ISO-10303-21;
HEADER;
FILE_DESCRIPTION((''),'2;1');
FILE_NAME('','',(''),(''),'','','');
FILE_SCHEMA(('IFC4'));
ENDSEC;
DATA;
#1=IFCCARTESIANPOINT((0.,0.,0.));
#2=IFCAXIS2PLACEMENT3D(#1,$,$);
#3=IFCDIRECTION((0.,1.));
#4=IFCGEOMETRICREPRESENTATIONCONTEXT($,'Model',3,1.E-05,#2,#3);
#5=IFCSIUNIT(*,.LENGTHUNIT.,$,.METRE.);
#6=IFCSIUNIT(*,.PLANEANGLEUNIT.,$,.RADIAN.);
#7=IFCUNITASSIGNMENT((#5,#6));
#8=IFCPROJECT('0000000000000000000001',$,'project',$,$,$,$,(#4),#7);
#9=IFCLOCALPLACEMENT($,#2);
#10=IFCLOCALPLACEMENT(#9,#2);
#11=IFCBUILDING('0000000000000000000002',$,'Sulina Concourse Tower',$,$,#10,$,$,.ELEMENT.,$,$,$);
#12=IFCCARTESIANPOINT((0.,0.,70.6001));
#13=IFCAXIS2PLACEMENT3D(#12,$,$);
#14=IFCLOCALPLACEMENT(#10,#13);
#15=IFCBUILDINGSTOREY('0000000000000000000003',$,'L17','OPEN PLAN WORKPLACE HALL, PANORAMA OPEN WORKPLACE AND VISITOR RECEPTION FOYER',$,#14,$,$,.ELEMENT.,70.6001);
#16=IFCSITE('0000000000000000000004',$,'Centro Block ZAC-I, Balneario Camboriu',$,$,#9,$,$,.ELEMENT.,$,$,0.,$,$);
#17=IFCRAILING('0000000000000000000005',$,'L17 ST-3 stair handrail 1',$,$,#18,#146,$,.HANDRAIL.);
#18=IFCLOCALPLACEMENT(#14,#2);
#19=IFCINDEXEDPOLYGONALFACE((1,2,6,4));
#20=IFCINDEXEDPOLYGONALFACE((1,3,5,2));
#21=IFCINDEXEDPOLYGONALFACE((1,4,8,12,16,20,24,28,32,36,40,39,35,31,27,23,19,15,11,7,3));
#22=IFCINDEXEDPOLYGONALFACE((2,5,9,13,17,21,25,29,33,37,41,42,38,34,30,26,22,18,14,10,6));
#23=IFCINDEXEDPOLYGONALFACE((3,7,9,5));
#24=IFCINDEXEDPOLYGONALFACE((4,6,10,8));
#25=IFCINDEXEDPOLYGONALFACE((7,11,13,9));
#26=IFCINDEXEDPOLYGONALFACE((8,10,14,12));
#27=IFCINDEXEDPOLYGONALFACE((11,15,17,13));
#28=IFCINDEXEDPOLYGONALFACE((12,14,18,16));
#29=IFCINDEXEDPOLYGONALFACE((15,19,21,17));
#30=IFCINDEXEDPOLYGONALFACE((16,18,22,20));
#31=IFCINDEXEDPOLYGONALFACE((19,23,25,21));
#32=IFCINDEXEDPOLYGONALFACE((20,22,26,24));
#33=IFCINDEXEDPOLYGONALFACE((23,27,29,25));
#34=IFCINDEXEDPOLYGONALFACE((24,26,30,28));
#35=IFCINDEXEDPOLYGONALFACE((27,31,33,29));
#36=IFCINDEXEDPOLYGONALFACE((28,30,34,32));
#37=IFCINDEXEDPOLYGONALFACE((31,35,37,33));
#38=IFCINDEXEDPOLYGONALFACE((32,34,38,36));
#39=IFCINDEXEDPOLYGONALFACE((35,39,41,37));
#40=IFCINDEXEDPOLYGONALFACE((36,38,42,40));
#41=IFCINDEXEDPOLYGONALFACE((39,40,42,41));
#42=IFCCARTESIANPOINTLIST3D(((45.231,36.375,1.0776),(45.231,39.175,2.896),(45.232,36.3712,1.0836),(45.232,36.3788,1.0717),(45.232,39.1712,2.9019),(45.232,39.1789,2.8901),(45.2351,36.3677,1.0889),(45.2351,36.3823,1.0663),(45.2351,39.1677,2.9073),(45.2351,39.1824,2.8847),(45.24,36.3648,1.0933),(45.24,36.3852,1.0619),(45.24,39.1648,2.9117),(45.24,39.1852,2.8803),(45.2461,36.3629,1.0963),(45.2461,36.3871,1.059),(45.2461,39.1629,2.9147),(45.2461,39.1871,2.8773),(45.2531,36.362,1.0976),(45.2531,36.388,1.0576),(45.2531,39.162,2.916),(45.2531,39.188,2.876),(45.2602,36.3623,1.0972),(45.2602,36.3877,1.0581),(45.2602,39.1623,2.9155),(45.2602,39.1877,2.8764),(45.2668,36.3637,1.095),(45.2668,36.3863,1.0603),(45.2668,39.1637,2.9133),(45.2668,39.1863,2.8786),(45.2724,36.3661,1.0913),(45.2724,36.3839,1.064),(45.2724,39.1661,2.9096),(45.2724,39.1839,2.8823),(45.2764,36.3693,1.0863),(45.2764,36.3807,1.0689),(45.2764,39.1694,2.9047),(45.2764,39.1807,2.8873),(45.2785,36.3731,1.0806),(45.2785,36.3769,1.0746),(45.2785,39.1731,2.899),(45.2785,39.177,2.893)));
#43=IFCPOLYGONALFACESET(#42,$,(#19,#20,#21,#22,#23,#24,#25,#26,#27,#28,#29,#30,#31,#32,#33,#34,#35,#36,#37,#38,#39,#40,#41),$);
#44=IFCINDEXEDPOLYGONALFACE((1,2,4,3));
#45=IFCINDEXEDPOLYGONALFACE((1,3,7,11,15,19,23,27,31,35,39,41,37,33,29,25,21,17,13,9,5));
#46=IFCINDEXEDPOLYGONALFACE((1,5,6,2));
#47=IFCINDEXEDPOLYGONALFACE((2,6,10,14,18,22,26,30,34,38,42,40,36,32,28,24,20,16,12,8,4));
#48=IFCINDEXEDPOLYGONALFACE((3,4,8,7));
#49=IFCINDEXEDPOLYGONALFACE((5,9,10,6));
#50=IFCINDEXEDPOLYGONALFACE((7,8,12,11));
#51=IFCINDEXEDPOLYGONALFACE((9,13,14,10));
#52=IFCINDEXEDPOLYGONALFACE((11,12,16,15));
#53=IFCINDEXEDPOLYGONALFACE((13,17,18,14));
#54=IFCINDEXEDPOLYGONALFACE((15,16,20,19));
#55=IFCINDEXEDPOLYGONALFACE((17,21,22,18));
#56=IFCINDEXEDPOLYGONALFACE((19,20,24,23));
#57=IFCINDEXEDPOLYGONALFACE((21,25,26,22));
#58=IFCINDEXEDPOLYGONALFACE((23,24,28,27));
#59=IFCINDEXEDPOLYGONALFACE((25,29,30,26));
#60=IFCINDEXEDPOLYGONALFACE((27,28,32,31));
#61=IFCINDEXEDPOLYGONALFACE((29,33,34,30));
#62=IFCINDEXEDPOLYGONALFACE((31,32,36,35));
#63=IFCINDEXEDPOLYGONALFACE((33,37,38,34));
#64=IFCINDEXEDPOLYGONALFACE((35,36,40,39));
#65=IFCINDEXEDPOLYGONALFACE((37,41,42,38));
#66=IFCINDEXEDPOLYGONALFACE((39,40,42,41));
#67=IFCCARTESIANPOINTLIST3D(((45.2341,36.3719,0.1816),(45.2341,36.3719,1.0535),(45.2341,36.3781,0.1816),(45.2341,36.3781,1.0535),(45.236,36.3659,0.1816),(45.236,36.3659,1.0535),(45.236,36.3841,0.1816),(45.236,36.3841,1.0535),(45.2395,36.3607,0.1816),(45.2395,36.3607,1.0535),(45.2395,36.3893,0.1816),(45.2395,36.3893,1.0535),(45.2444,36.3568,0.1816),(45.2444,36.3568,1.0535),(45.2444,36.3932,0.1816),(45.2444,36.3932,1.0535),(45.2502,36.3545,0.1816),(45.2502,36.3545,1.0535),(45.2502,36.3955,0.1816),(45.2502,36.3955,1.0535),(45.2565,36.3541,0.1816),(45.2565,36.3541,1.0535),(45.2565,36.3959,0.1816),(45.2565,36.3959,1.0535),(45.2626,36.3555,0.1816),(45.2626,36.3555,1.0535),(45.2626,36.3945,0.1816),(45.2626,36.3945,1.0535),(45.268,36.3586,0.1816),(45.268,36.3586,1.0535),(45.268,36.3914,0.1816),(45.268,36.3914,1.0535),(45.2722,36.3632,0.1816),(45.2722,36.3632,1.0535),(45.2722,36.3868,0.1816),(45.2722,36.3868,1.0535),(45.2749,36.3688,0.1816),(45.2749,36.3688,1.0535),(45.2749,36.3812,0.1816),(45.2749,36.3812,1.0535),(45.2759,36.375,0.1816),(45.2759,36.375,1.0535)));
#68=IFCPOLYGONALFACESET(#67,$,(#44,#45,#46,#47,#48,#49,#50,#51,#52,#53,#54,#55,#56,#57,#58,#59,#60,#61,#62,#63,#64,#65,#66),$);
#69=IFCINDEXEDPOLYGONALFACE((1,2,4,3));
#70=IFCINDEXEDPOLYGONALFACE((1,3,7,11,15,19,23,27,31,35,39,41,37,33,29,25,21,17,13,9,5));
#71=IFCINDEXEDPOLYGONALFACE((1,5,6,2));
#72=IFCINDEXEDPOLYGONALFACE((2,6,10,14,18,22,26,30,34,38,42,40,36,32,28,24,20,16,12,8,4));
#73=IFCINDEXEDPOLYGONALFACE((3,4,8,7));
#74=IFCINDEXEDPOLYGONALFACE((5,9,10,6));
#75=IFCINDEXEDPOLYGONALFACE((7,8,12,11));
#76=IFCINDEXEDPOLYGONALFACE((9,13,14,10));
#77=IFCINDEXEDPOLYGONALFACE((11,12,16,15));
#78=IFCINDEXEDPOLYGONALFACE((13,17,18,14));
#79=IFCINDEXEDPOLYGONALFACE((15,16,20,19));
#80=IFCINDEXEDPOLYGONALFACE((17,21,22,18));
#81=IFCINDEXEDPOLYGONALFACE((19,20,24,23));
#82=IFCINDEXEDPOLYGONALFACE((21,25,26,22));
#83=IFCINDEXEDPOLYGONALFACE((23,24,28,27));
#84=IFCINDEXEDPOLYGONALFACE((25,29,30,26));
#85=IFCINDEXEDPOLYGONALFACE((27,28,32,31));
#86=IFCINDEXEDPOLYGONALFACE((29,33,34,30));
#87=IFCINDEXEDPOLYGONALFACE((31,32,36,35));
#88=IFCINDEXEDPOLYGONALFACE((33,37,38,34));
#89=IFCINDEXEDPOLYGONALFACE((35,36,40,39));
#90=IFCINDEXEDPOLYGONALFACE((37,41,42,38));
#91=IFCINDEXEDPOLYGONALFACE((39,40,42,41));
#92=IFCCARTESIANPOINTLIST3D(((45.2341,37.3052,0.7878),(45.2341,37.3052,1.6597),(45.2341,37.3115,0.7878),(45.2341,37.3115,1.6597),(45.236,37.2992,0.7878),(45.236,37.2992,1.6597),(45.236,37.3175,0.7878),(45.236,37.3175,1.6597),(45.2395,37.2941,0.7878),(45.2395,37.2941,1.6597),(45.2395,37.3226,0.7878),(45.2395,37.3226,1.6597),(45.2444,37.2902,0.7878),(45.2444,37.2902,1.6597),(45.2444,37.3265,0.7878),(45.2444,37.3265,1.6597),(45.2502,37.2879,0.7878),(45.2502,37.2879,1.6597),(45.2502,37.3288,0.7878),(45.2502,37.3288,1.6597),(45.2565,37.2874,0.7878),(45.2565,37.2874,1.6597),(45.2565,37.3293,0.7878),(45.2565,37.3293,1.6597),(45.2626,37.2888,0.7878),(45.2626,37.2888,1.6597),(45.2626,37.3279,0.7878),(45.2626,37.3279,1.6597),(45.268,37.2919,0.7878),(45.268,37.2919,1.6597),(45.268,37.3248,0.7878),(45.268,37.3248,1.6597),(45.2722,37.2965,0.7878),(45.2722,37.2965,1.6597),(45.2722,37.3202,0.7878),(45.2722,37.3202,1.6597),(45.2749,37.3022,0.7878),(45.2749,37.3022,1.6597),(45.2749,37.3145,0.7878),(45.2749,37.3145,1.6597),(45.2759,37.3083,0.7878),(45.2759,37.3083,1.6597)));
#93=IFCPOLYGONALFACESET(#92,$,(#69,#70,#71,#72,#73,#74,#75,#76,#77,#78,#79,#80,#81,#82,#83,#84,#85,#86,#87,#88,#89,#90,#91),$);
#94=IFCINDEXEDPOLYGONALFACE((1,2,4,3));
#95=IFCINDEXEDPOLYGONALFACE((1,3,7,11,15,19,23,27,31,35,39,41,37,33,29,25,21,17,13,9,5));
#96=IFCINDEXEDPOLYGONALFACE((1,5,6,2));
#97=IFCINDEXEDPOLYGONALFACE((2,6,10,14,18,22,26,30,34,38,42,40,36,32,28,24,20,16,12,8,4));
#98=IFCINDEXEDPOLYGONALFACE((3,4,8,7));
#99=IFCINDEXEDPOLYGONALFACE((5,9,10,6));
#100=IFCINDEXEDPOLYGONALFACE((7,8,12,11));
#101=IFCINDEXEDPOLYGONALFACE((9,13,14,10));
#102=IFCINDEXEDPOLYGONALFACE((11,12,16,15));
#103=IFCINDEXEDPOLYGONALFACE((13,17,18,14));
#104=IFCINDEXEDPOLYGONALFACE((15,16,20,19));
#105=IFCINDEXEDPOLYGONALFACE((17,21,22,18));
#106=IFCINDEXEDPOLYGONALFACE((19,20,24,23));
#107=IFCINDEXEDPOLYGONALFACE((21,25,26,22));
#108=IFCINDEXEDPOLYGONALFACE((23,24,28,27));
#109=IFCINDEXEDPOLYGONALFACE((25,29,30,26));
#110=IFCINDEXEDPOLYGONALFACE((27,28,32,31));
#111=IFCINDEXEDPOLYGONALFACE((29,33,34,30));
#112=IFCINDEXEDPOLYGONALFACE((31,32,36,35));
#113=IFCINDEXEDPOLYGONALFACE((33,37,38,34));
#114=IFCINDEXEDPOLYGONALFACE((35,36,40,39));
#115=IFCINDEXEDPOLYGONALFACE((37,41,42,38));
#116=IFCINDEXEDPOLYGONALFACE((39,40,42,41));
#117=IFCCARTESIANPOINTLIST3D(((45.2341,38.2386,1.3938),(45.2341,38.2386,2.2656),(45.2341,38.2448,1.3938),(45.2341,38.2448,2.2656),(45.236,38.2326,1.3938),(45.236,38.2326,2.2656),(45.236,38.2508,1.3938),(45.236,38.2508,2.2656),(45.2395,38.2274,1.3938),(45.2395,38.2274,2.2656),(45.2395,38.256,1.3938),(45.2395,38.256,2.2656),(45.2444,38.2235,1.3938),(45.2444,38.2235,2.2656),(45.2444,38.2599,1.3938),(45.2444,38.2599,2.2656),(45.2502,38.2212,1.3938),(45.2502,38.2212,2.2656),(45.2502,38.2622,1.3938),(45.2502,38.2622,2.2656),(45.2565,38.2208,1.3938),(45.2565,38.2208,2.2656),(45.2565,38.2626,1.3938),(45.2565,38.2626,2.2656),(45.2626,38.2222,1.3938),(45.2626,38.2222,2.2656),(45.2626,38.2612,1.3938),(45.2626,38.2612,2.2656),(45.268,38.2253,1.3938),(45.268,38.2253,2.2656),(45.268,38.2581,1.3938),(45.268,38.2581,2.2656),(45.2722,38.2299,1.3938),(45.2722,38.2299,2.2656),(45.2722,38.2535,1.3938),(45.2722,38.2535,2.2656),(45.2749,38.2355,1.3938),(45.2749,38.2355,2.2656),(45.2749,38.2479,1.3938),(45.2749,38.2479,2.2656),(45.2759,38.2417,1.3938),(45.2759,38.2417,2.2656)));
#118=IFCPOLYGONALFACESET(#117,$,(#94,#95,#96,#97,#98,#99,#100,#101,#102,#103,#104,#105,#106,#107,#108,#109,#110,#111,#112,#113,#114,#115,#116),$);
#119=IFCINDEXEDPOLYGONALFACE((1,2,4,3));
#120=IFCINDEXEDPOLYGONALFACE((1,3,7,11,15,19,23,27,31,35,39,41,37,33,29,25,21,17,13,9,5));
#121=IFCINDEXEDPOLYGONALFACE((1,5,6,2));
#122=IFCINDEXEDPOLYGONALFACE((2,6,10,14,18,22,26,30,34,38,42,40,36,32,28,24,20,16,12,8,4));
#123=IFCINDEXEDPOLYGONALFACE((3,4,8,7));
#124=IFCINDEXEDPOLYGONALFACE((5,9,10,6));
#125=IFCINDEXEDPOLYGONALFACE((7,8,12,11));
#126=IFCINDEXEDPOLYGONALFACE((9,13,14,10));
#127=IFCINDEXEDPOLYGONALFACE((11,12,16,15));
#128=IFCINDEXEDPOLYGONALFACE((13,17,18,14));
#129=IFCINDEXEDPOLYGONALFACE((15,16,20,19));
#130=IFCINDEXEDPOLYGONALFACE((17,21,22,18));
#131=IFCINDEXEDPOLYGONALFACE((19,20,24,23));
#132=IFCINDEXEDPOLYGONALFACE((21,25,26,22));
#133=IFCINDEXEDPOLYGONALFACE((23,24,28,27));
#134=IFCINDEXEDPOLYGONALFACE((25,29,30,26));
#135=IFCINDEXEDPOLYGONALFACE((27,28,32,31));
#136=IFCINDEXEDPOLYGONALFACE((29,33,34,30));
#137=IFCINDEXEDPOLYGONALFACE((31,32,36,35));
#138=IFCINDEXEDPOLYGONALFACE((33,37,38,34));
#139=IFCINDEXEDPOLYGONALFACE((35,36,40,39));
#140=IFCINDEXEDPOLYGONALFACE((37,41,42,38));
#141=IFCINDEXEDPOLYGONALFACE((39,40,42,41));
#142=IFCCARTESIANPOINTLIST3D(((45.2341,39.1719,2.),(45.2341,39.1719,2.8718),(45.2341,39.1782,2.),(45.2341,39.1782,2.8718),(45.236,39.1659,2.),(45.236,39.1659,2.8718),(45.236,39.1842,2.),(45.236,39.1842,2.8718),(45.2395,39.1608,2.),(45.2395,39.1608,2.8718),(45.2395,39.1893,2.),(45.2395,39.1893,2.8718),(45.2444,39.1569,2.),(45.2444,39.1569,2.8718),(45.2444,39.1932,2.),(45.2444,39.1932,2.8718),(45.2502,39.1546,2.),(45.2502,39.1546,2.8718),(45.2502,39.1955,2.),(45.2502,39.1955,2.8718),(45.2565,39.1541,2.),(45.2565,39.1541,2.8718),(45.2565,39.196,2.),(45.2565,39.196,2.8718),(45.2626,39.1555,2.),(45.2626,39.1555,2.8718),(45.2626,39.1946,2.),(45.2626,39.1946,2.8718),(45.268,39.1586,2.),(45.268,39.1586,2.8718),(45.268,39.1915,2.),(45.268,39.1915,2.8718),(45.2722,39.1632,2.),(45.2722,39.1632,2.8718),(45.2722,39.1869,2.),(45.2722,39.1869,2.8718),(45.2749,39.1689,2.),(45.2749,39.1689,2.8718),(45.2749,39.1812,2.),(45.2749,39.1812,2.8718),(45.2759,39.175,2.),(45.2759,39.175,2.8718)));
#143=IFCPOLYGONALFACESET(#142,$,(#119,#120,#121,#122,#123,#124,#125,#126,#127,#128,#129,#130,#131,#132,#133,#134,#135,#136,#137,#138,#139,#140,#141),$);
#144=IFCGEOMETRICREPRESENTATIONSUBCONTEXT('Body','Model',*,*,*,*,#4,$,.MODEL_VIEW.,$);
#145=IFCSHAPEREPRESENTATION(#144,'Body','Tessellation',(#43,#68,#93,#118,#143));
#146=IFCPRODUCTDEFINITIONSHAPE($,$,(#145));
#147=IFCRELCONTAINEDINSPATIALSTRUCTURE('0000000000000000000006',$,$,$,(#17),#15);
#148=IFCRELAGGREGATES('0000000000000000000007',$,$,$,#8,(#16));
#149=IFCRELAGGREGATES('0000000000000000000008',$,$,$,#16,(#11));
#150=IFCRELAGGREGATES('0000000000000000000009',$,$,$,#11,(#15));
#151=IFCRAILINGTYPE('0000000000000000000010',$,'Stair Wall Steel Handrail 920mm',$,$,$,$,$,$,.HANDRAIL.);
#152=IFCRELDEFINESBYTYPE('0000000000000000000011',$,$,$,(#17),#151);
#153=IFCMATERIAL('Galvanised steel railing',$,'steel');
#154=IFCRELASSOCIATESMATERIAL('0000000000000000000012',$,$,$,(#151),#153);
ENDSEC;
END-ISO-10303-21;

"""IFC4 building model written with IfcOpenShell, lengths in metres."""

from ifc_helpers import new_model, si_unit, direction, frame, origin, origin_2d, place, context, subcontext, project, spatial, circle, extrude, material, type_object, element, save


model = new_model("IFC4")

# Units and contexts
model_context = context("Model", 3, precision=1e-05, world=origin(), true_north=direction((0.0, 1.0)))
body_context = subcontext(model_context, "Body", "Model", "MODEL_VIEW")
ifc_project = project(units=[si_unit("LENGTHUNIT", "METRE"), si_unit("PLANEANGLEUNIT", "RADIAN")], contexts=[model_context])

# Site, building, storey
site_placement = place(None, origin())
site = spatial("IfcSite", under=ifc_project, at=site_placement, Name="Centro Block ZAC-I, Balneario Camboriu", CompositionType="ELEMENT", RefElevation=0.0)
building_placement = place(site_placement, origin())
building = spatial("IfcBuilding", under=site, at=building_placement, Name="Sulina Concourse Tower", CompositionType="ELEMENT")
storey_placement = place(building_placement, frame((0.0, 0.0, 70.6001)))
storey = spatial("IfcBuildingStorey", under=building, at=storey_placement, Name="L17", Description="OPEN PLAN WORKPLACE HALL, PANORAMA OPEN WORKPLACE AND VISITOR RECEPTION FOYER", CompositionType="ELEMENT", Elevation=70.6001)

# Railing
ifc_material_1 = material(Name="Galvanised steel railing", Category="steel")
railing_type_1 = type_object("IfcRailingType", Name="Stair Wall Steel Handrail 920mm", PredefinedType="HANDRAIL", material=ifc_material_1)
for number, where, name in (
    (1, (45.2549, 36.375, 0.1816), "L17 ST-3 stair handrail 1"),
):
    element("IfcRailing", number, at=place(storey_placement, frame(where)), inside=storey, type_object=railing_type_1, Name=name, PredefinedType="HANDRAIL", context=body_context, shape_type="SweptSolid", body=[
        extrude(circle(Radius=0.0239, at=origin_2d()), frame((0.0, 0.0, 0.896), z_axis=(0.0, 0.838672, 0.544636), x_axis=(-1.0, 0.0, 0.0)), (0.0, 0.0, 1.0), 3.3386),
        extrude(circle(Radius=0.021, at=origin_2d()), origin(), (0.0, 0.0, 1.0), 0.8718),
        extrude(circle(Radius=0.021, at=origin_2d()), frame((0.0, 0.9333, 0.6062)), (0.0, 0.0, 1.0), 0.8718),
        extrude(circle(Radius=0.021, at=origin_2d()), frame((0.0, 1.8667, 1.2122)), (0.0, 0.0, 1.0), 0.8718),
        extrude(circle(Radius=0.021, at=origin_2d()), frame((0.0, 2.8, 1.8184)), (0.0, 0.0, 1.0), 0.8718),
    ])

save(model, "model.ifc")
